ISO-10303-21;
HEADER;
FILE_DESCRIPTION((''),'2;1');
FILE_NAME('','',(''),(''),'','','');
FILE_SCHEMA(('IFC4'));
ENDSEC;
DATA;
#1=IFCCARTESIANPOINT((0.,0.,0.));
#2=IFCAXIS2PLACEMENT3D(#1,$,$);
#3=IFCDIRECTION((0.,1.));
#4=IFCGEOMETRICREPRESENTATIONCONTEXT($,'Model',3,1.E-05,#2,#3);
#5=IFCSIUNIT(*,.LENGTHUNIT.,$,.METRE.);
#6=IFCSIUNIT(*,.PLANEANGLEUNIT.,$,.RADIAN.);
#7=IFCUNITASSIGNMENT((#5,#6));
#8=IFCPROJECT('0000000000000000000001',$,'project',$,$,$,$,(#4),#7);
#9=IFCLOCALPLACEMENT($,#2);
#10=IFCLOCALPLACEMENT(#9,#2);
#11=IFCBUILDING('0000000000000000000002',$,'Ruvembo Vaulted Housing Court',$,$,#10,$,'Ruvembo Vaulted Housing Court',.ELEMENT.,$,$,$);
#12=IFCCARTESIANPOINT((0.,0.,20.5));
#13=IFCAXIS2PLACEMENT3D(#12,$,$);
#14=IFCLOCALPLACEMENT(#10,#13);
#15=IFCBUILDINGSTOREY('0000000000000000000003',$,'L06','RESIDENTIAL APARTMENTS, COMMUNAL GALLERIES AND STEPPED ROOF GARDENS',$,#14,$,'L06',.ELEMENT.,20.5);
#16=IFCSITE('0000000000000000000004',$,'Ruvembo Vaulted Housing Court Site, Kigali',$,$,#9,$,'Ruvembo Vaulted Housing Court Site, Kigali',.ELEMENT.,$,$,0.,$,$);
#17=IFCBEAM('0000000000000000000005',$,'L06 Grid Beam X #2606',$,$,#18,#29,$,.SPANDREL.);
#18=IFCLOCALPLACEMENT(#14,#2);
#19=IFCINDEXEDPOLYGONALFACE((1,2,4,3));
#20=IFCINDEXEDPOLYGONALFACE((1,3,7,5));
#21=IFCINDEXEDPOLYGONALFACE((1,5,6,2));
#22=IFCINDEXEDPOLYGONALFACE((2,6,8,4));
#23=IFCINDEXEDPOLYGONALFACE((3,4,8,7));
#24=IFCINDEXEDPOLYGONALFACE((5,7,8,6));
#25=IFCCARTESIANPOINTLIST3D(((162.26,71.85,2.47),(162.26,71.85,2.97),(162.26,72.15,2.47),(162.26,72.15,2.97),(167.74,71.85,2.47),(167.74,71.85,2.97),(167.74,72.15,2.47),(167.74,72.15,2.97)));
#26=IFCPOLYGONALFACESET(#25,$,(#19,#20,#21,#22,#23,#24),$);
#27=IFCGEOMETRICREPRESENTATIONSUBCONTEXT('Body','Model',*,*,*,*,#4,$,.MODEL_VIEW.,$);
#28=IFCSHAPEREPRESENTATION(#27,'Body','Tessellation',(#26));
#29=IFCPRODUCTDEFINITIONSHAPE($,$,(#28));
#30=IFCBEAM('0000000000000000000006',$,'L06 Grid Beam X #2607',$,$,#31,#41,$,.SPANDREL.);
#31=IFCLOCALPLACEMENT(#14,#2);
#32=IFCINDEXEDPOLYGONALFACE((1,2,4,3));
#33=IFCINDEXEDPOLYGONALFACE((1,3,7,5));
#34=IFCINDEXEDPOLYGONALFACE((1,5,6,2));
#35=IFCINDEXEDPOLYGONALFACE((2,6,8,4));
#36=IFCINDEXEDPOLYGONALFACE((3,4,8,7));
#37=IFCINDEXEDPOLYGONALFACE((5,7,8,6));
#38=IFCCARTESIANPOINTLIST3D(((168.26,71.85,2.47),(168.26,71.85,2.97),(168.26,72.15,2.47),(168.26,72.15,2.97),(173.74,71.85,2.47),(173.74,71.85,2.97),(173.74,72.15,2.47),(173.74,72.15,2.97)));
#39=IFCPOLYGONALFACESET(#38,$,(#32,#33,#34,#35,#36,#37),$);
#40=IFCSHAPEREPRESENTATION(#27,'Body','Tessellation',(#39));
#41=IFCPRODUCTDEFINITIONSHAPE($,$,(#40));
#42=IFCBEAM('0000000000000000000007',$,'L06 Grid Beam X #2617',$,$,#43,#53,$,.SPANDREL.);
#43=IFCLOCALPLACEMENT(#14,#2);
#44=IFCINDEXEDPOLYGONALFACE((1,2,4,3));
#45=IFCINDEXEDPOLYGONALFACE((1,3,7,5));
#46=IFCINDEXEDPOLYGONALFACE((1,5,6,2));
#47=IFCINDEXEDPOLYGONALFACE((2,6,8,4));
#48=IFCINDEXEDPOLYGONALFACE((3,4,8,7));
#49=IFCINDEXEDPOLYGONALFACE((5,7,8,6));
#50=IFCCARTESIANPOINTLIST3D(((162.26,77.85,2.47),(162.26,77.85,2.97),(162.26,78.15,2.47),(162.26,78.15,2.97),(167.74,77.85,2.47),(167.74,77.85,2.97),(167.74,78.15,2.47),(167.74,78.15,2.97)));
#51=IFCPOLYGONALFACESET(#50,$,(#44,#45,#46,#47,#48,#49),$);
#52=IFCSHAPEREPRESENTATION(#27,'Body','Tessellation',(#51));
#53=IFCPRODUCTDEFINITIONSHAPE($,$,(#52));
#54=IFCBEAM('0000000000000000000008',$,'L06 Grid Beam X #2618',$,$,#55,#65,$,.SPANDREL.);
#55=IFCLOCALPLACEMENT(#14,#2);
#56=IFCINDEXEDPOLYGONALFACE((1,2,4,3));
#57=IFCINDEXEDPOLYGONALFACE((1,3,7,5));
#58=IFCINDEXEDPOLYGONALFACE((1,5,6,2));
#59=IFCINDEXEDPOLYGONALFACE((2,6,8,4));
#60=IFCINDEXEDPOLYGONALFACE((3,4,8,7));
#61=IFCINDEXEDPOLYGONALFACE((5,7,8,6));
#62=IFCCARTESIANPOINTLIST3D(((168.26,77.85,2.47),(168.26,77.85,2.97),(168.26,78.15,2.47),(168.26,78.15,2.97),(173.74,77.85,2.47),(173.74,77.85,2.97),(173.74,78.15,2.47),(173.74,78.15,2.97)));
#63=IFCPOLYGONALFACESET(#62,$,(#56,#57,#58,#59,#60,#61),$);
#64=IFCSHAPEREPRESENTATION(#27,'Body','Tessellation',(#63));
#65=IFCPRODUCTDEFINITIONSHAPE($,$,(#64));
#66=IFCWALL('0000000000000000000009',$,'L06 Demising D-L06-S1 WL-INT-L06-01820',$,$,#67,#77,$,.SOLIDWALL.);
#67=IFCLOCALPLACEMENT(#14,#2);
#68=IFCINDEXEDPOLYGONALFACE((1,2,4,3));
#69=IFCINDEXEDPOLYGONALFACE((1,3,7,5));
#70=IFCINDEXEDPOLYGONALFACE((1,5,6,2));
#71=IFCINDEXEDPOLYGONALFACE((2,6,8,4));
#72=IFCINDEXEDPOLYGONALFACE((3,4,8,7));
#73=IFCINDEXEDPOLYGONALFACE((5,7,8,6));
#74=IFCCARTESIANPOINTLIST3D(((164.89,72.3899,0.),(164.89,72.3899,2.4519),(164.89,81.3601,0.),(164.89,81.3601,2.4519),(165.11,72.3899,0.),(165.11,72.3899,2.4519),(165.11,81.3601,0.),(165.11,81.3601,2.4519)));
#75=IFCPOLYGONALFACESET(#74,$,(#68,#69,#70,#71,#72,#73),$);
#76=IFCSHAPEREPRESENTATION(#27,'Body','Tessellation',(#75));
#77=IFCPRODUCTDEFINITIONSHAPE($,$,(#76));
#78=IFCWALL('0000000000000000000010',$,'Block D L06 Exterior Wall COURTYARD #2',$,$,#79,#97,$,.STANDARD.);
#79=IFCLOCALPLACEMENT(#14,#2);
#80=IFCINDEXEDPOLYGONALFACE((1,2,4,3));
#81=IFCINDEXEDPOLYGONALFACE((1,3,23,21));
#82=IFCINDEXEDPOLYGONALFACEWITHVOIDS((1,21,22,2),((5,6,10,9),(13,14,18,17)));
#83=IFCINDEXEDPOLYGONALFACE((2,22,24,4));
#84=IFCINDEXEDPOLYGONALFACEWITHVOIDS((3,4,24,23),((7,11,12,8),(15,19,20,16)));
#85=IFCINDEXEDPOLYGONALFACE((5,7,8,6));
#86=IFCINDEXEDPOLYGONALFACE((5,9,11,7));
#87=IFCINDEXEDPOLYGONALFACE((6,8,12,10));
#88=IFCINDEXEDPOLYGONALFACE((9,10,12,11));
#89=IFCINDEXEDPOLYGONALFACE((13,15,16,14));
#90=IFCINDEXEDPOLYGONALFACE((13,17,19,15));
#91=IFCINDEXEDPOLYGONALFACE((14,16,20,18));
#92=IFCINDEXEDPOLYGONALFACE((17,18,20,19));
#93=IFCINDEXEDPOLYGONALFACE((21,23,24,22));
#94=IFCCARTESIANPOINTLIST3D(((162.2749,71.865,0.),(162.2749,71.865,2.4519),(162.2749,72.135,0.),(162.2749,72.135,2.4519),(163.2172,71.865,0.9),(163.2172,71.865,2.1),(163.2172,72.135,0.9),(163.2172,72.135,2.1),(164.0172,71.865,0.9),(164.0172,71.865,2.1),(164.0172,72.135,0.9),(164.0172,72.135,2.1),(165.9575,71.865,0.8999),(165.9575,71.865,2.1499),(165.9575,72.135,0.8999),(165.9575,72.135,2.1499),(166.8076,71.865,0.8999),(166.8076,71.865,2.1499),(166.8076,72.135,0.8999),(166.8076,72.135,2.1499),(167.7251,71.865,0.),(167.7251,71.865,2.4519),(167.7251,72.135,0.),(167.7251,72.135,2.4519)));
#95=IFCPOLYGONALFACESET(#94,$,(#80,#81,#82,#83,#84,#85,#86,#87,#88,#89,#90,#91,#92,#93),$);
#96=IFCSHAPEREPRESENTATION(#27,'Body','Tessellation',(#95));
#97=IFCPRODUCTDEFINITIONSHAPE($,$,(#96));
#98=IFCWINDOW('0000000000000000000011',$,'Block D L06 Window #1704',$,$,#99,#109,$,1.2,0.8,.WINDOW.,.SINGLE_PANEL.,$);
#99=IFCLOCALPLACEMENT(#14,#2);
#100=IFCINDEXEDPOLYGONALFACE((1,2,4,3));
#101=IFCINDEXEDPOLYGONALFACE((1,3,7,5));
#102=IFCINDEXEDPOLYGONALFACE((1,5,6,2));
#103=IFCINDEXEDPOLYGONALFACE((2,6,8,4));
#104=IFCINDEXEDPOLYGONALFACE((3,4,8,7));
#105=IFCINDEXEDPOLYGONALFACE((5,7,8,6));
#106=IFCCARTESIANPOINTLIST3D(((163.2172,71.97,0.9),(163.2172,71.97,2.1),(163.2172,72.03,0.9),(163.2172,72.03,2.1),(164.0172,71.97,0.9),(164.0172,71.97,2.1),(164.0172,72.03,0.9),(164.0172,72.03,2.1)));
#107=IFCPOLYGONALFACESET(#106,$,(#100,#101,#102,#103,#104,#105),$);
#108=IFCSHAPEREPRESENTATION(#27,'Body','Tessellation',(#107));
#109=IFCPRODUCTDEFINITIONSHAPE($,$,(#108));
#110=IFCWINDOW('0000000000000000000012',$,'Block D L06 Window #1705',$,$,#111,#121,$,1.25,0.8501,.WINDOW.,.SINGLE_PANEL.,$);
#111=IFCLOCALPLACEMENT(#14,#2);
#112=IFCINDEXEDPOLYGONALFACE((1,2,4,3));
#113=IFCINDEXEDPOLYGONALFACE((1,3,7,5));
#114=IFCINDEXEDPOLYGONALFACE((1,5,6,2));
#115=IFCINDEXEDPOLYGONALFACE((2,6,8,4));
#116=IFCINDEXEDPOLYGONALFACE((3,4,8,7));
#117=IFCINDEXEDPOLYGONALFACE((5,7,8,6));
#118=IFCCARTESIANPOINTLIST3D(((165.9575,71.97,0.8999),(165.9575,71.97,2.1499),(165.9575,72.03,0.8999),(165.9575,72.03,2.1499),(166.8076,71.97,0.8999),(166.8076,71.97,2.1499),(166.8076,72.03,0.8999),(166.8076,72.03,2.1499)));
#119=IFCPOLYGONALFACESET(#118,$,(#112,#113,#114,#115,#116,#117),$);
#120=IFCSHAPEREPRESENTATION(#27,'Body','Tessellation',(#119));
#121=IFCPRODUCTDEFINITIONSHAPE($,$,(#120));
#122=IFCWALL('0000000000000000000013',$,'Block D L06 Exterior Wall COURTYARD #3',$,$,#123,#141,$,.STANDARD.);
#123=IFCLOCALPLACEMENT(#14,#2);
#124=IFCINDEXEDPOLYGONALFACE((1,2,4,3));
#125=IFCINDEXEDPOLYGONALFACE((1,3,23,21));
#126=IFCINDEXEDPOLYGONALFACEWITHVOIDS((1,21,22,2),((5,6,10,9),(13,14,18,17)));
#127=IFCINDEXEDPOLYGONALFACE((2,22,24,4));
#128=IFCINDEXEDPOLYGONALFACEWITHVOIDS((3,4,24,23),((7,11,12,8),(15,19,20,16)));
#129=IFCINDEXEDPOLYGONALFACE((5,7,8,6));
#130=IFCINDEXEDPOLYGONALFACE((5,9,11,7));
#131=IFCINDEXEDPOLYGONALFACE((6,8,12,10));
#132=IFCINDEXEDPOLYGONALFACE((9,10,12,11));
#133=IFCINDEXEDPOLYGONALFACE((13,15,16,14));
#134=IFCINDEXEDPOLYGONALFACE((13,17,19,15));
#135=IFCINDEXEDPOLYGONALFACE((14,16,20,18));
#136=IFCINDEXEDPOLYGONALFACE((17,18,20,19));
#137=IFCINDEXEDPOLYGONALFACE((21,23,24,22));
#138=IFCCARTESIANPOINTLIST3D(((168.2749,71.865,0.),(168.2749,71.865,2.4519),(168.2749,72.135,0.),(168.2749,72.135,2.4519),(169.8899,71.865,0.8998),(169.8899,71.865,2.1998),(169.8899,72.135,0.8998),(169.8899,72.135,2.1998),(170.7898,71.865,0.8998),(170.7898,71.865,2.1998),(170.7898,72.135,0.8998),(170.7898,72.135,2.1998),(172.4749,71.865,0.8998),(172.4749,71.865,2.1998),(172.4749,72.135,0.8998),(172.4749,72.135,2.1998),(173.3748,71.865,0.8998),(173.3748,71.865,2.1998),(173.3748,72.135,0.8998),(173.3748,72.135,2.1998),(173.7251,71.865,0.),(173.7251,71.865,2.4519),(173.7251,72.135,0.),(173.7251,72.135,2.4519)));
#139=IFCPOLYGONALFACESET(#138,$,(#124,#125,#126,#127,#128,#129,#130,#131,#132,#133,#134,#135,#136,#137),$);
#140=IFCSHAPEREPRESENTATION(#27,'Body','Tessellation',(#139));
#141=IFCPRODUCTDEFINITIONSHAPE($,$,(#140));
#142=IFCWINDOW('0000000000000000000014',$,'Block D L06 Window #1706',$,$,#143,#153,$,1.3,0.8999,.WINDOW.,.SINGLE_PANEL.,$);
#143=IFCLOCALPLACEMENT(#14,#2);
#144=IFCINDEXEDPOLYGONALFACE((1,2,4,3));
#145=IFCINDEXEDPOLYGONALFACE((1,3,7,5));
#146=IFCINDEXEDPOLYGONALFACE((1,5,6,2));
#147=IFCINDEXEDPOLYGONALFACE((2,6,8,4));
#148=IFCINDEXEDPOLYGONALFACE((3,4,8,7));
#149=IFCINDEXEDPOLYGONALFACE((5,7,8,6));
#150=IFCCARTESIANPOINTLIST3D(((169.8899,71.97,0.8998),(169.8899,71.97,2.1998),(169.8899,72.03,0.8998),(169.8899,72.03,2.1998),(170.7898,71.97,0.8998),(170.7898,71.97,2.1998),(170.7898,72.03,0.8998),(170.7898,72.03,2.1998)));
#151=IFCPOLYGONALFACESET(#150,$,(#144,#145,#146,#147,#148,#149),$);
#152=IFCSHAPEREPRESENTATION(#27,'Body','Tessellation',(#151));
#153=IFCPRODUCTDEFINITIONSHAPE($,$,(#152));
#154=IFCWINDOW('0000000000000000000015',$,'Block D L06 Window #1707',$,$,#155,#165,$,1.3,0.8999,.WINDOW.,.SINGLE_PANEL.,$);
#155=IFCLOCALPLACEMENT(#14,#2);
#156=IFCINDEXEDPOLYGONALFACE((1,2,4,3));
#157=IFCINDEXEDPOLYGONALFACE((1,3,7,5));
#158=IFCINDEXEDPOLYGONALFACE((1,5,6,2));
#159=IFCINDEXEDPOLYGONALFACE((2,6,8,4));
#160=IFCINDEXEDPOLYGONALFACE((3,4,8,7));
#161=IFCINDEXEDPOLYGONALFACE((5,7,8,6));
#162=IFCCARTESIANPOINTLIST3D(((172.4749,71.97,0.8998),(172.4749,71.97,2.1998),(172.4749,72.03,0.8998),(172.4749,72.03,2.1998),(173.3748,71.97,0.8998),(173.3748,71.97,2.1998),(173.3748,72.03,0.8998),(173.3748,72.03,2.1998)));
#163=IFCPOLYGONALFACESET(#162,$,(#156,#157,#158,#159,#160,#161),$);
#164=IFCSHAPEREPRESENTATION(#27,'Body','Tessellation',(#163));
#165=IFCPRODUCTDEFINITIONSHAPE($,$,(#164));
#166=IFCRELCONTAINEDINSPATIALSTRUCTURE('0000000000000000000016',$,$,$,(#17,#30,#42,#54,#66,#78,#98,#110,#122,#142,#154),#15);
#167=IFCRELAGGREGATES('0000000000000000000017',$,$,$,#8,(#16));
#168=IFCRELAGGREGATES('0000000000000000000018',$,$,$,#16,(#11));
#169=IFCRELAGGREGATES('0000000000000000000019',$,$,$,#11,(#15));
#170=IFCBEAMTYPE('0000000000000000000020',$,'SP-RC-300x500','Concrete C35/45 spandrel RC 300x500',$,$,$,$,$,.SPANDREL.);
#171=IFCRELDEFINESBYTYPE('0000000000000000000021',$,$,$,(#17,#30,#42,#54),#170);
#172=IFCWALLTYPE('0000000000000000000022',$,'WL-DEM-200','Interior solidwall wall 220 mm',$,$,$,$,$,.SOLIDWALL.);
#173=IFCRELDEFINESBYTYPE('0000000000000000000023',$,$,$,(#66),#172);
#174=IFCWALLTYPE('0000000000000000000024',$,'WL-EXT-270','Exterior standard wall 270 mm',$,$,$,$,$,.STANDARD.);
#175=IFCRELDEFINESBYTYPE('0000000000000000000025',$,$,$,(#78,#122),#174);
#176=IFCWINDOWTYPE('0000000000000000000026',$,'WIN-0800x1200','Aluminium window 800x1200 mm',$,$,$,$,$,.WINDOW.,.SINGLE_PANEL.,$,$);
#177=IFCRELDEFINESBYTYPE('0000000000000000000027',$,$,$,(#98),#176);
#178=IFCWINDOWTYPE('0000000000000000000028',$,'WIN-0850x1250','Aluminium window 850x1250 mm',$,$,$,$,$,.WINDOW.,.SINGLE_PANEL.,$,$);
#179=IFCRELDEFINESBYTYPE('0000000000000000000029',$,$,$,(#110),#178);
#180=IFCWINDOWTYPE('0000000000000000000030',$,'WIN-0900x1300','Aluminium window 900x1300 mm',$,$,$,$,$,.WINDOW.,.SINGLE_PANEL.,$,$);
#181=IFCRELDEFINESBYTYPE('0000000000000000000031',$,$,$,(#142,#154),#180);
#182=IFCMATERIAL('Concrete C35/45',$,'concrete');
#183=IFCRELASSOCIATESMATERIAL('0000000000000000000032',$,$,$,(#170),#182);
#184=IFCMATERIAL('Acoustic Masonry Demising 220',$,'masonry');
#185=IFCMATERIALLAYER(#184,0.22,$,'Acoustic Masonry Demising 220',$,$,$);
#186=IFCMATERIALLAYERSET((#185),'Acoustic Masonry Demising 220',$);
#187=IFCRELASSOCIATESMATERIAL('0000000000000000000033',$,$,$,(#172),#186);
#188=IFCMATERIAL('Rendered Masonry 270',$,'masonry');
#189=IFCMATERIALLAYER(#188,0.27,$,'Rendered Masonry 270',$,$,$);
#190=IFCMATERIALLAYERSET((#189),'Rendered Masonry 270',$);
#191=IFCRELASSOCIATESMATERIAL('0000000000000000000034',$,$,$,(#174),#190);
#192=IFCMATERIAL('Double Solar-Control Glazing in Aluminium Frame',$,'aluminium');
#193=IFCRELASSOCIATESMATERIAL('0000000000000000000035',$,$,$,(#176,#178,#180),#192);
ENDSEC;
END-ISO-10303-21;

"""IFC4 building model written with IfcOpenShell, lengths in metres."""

from ifc_helpers import new_model, si_unit, direction, frame, frame_2d, origin, origin_2d, place, context, subcontext, project, spatial, rectangle, extrude, material, layer, layer_set, material_profile, profile_set, type_object, element, fill, save


model = new_model("IFC4")

# Units and contexts
model_context = context("Model", 3, precision=1e-05, world=origin(), true_north=direction((0.0, 1.0)))
body_context = subcontext(model_context, "Body", "Model", "MODEL_VIEW")
ifc_project = project(units=[si_unit("LENGTHUNIT", "METRE"), si_unit("PLANEANGLEUNIT", "RADIAN")], contexts=[model_context])

# Site, building, storey
site_placement = place(None, origin())
site = spatial("IfcSite", under=ifc_project, at=site_placement, Name="Ruvembo Vaulted Housing Court Site, Kigali", LongName="Ruvembo Vaulted Housing Court Site, Kigali", CompositionType="ELEMENT", RefElevation=0.0)
building_placement = place(site_placement, origin())
building = spatial("IfcBuilding", under=site, at=building_placement, Name="Ruvembo Vaulted Housing Court", LongName="Ruvembo Vaulted Housing Court", CompositionType="ELEMENT")
storey_placement = place(building_placement, frame((0.0, 0.0, 20.5)))
storey = spatial("IfcBuildingStorey", under=building, at=storey_placement, Name="L06", Description="RESIDENTIAL APARTMENTS, COMMUNAL GALLERIES AND STEPPED ROOF GARDENS", LongName="L06", CompositionType="ELEMENT", Elevation=20.5)

# Shared definitions
ifc_material_1 = material(Name="Concrete C35/45", Category="concrete")

# Beams
ifc_material_profile_1 = material_profile(ifc_material_1, rectangle(XDim=0.3, YDim=0.5, at=origin_2d()), Name="RC 300x500")
ifc_profile_set_1 = profile_set([ifc_material_profile_1], Name="Concrete C35/45")
beam_type_1 = type_object("IfcBeamType", Name="SP-RC-300x500", Description="Concrete C35/45 spandrel RC 300x500", PredefinedType="SPANDREL", material=ifc_profile_set_1)
for number, where, z_axis, x_axis, name in (
    (1, (162.26, 72.0, 2.72), (1.0, 0.0, 0.0), (0.0, 1.0, 0.0), "L06 Grid Beam X #2606"),
    (2, (168.26, 72.0, 2.72), (1.0, 0.0, 0.0), (0.0, 1.0, 0.0), "L06 Grid Beam X #2607"),
    (3, (162.26, 78.0, 2.72), (1.0, 0.0, 0.0), (0.0, 1.0, 0.0), "L06 Grid Beam X #2617"),
    (4, (168.26, 78.0, 2.72), (1.0, 0.0, 0.0), (0.0, 1.0, 0.0), "L06 Grid Beam X #2618"),
):
    element("IfcBeam", number, at=place(storey_placement, frame(where, z_axis=z_axis, x_axis=x_axis)), inside=storey, type_object=beam_type_1, Name=name, PredefinedType="SPANDREL", context=body_context, shape_type="SweptSolid", body=[
        extrude(rectangle(XDim=0.3, YDim=0.5, at=origin_2d()), origin(), (0.0, 0.0, 1.0), 5.48),
    ])

# Wall
ifc_material_2 = material(Name="Acoustic Masonry Demising 220", Category="masonry")
ifc_layer_1 = layer(ifc_material_2, 0.22, Name="Acoustic Masonry Demising 220")
ifc_layer_set_1 = layer_set([ifc_layer_1], Name="Acoustic Masonry Demising 220")
wall_type_1 = type_object("IfcWallType", Name="WL-DEM-200", Description="Interior solidwall wall 220 mm", PredefinedType="SOLIDWALL", material=ifc_layer_set_1)
wall_1_placement = place(storey_placement, frame((165.0, 72.3899, 0.0), z_axis=(0.0, 0.0, 1.0), x_axis=(0.0, 1.0, 0.0)))
element("IfcWall", 5, at=wall_1_placement, inside=storey, type_object=wall_type_1, Name="L06 Demising D-L06-S1 WL-INT-L06-01820", PredefinedType="SOLIDWALL", context=body_context, shape_type="SweptSolid", body=[
    extrude(rectangle(XDim=8.9702, YDim=0.22, at=frame_2d((4.4851, 0.0))), origin(), (0.0, 0.0, 1.0), 2.4519),
])

# Walls, openings, windows
ifc_material_3 = material(Name="Rendered Masonry 270", Category="masonry")
ifc_layer_2 = layer(ifc_material_3, 0.27, Name="Rendered Masonry 270")
ifc_layer_set_2 = layer_set([ifc_layer_2], Name="Rendered Masonry 270")
wall_type_2 = type_object("IfcWallType", Name="WL-EXT-270", Description="Exterior standard wall 270 mm", PredefinedType="STANDARD", material=ifc_layer_set_2)
wall_2_placement = place(storey_placement, frame((162.2749, 72.0, 0.0), z_axis=(0.0, 0.0, 1.0), x_axis=(1.0, 0.0, 0.0)))
wall_2 = element("IfcWall", 6, at=wall_2_placement, inside=storey, type_object=wall_type_2, Name="Block D L06 Exterior Wall COURTYARD #2", PredefinedType="STANDARD", context=body_context, shape_type="SweptSolid", body=[
    extrude(rectangle(XDim=5.4502, YDim=0.27, at=frame_2d((2.7251, 0.0))), origin(), (0.0, 0.0, 1.0), 2.4519),
])
opening_1_placement = place(wall_2_placement, frame((0.9424, 0.0, 0.8999)))
opening_1 = element("IfcOpeningElement", 7, at=opening_1_placement, cuts=wall_2, PredefinedType="OPENING", context=body_context, shape_type="SweptSolid", body=[
    extrude(rectangle(XDim=0.8, YDim=1.2, at=frame_2d((0.3999, 0.6001))), frame((0.0, 0.145, 0.0), z_axis=(0.0, -1.0, 0.0), x_axis=(1.0, 0.0, 0.0)), (0.0, 0.0, 1.0), 0.29),
])
opening_2_placement = place(wall_2_placement, frame((3.6826, 0.0, 0.8999)))
opening_2 = element("IfcOpeningElement", 8, at=opening_2_placement, cuts=wall_2, PredefinedType="OPENING", context=body_context, shape_type="SweptSolid", body=[
    extrude(rectangle(XDim=0.8501, YDim=1.25, at=frame_2d((0.425, 0.625))), frame((0.0, 0.145, 0.0), z_axis=(0.0, -1.0, 0.0), x_axis=(1.0, 0.0, 0.0)), (0.0, 0.0, 1.0), 0.29),
])
ifc_material_4 = material(Name="Double Solar-Control Glazing in Aluminium Frame", Category="aluminium")
window_type_1 = type_object("IfcWindowType", Name="WIN-0800x1200", Description="Aluminium window 800x1200 mm", PartitioningType="SINGLE_PANEL", PredefinedType="WINDOW", material=ifc_material_4)
window_1_placement = place(opening_1_placement, origin())
window_1 = element("IfcWindow", 9, at=window_1_placement, inside=storey, type_object=window_type_1, Name="Block D L06 Window #1704", OverallHeight=1.2, OverallWidth=0.8, PartitioningType="SINGLE_PANEL", PredefinedType="WINDOW", context=body_context, shape_type="SweptSolid", body=[
    extrude(rectangle(XDim=0.8, YDim=1.2, at=frame_2d((0.3999, 0.6001))), frame((0.0, 0.03, 0.0), z_axis=(0.0, -1.0, 0.0), x_axis=(1.0, 0.0, 0.0)), (0.0, 0.0, 1.0), 0.0601),
])
fill(opening_1, window_1)
window_type_2 = type_object("IfcWindowType", Name="WIN-0850x1250", Description="Aluminium window 850x1250 mm", PartitioningType="SINGLE_PANEL", PredefinedType="WINDOW", material=ifc_material_4)
window_2_placement = place(opening_2_placement, origin())
window_2 = element("IfcWindow", 10, at=window_2_placement, inside=storey, type_object=window_type_2, Name="Block D L06 Window #1705", OverallHeight=1.25, OverallWidth=0.8501, PartitioningType="SINGLE_PANEL", PredefinedType="WINDOW", context=body_context, shape_type="SweptSolid", body=[
    extrude(rectangle(XDim=0.8501, YDim=1.25, at=frame_2d((0.425, 0.625))), frame((0.0, 0.03, 0.0), z_axis=(0.0, -1.0, 0.0), x_axis=(1.0, 0.0, 0.0)), (0.0, 0.0, 1.0), 0.0601),
])
fill(opening_2, window_2)
wall_3_placement = place(storey_placement, frame((168.2749, 72.0, 0.0), z_axis=(0.0, 0.0, 1.0), x_axis=(1.0, 0.0, 0.0)))
wall_3 = element("IfcWall", 11, at=wall_3_placement, inside=storey, type_object=wall_type_2, Name="Block D L06 Exterior Wall COURTYARD #3", PredefinedType="STANDARD", context=body_context, shape_type="SweptSolid", body=[
    extrude(rectangle(XDim=5.4502, YDim=0.27, at=frame_2d((2.7251, 0.0))), origin(), (0.0, 0.0, 1.0), 2.4519),
])
opening_3_placement = place(wall_3_placement, frame((1.615, 0.0, 0.8999)))
opening_3 = element("IfcOpeningElement", 12, at=opening_3_placement, cuts=wall_3, PredefinedType="OPENING", context=body_context, shape_type="SweptSolid", body=[
    extrude(rectangle(XDim=0.8999, YDim=1.3, at=frame_2d((0.45, 0.6499))), frame((0.0, 0.145, 0.0), z_axis=(0.0, -1.0, 0.0), x_axis=(1.0, 0.0, 0.0)), (0.0, 0.0, 1.0), 0.29),
])
opening_4_placement = place(wall_3_placement, frame((4.2, 0.0, 0.8999)))
opening_4 = element("IfcOpeningElement", 13, at=opening_4_placement, cuts=wall_3, PredefinedType="OPENING", context=body_context, shape_type="SweptSolid", body=[
    extrude(rectangle(XDim=0.8999, YDim=1.3, at=frame_2d((0.45, 0.6499))), frame((0.0, 0.145, 0.0), z_axis=(0.0, -1.0, 0.0), x_axis=(1.0, 0.0, 0.0)), (0.0, 0.0, 1.0), 0.29),
])
window_type_3 = type_object("IfcWindowType", Name="WIN-0900x1300", Description="Aluminium window 900x1300 mm", PartitioningType="SINGLE_PANEL", PredefinedType="WINDOW", material=ifc_material_4)
window_3_placement = place(opening_3_placement, origin())
window_3 = element("IfcWindow", 14, at=window_3_placement, inside=storey, type_object=window_type_3, Name="Block D L06 Window #1706", OverallHeight=1.3, OverallWidth=0.8999, PartitioningType="SINGLE_PANEL", PredefinedType="WINDOW", context=body_context, shape_type="SweptSolid", body=[
    extrude(rectangle(XDim=0.8999, YDim=1.3, at=frame_2d((0.45, 0.6499))), frame((0.0, 0.03, 0.0), z_axis=(0.0, -1.0, 0.0), x_axis=(1.0, 0.0, 0.0)), (0.0, 0.0, 1.0), 0.0601),
])
fill(opening_3, window_3)
window_4_placement = place(opening_4_placement, origin())
window_4 = element("IfcWindow", 15, at=window_4_placement, inside=storey, type_object=window_type_3, Name="Block D L06 Window #1707", OverallHeight=1.3, OverallWidth=0.8999, PartitioningType="SINGLE_PANEL", PredefinedType="WINDOW", context=body_context, shape_type="SweptSolid", body=[
    extrude(rectangle(XDim=0.8999, YDim=1.3, at=frame_2d((0.45, 0.6499))), frame((0.0, 0.03, 0.0), z_axis=(0.0, -1.0, 0.0), x_axis=(1.0, 0.0, 0.0)), (0.0, 0.0, 1.0), 0.0601),
])
fill(opening_4, window_4)

save(model, "model.ifc")
